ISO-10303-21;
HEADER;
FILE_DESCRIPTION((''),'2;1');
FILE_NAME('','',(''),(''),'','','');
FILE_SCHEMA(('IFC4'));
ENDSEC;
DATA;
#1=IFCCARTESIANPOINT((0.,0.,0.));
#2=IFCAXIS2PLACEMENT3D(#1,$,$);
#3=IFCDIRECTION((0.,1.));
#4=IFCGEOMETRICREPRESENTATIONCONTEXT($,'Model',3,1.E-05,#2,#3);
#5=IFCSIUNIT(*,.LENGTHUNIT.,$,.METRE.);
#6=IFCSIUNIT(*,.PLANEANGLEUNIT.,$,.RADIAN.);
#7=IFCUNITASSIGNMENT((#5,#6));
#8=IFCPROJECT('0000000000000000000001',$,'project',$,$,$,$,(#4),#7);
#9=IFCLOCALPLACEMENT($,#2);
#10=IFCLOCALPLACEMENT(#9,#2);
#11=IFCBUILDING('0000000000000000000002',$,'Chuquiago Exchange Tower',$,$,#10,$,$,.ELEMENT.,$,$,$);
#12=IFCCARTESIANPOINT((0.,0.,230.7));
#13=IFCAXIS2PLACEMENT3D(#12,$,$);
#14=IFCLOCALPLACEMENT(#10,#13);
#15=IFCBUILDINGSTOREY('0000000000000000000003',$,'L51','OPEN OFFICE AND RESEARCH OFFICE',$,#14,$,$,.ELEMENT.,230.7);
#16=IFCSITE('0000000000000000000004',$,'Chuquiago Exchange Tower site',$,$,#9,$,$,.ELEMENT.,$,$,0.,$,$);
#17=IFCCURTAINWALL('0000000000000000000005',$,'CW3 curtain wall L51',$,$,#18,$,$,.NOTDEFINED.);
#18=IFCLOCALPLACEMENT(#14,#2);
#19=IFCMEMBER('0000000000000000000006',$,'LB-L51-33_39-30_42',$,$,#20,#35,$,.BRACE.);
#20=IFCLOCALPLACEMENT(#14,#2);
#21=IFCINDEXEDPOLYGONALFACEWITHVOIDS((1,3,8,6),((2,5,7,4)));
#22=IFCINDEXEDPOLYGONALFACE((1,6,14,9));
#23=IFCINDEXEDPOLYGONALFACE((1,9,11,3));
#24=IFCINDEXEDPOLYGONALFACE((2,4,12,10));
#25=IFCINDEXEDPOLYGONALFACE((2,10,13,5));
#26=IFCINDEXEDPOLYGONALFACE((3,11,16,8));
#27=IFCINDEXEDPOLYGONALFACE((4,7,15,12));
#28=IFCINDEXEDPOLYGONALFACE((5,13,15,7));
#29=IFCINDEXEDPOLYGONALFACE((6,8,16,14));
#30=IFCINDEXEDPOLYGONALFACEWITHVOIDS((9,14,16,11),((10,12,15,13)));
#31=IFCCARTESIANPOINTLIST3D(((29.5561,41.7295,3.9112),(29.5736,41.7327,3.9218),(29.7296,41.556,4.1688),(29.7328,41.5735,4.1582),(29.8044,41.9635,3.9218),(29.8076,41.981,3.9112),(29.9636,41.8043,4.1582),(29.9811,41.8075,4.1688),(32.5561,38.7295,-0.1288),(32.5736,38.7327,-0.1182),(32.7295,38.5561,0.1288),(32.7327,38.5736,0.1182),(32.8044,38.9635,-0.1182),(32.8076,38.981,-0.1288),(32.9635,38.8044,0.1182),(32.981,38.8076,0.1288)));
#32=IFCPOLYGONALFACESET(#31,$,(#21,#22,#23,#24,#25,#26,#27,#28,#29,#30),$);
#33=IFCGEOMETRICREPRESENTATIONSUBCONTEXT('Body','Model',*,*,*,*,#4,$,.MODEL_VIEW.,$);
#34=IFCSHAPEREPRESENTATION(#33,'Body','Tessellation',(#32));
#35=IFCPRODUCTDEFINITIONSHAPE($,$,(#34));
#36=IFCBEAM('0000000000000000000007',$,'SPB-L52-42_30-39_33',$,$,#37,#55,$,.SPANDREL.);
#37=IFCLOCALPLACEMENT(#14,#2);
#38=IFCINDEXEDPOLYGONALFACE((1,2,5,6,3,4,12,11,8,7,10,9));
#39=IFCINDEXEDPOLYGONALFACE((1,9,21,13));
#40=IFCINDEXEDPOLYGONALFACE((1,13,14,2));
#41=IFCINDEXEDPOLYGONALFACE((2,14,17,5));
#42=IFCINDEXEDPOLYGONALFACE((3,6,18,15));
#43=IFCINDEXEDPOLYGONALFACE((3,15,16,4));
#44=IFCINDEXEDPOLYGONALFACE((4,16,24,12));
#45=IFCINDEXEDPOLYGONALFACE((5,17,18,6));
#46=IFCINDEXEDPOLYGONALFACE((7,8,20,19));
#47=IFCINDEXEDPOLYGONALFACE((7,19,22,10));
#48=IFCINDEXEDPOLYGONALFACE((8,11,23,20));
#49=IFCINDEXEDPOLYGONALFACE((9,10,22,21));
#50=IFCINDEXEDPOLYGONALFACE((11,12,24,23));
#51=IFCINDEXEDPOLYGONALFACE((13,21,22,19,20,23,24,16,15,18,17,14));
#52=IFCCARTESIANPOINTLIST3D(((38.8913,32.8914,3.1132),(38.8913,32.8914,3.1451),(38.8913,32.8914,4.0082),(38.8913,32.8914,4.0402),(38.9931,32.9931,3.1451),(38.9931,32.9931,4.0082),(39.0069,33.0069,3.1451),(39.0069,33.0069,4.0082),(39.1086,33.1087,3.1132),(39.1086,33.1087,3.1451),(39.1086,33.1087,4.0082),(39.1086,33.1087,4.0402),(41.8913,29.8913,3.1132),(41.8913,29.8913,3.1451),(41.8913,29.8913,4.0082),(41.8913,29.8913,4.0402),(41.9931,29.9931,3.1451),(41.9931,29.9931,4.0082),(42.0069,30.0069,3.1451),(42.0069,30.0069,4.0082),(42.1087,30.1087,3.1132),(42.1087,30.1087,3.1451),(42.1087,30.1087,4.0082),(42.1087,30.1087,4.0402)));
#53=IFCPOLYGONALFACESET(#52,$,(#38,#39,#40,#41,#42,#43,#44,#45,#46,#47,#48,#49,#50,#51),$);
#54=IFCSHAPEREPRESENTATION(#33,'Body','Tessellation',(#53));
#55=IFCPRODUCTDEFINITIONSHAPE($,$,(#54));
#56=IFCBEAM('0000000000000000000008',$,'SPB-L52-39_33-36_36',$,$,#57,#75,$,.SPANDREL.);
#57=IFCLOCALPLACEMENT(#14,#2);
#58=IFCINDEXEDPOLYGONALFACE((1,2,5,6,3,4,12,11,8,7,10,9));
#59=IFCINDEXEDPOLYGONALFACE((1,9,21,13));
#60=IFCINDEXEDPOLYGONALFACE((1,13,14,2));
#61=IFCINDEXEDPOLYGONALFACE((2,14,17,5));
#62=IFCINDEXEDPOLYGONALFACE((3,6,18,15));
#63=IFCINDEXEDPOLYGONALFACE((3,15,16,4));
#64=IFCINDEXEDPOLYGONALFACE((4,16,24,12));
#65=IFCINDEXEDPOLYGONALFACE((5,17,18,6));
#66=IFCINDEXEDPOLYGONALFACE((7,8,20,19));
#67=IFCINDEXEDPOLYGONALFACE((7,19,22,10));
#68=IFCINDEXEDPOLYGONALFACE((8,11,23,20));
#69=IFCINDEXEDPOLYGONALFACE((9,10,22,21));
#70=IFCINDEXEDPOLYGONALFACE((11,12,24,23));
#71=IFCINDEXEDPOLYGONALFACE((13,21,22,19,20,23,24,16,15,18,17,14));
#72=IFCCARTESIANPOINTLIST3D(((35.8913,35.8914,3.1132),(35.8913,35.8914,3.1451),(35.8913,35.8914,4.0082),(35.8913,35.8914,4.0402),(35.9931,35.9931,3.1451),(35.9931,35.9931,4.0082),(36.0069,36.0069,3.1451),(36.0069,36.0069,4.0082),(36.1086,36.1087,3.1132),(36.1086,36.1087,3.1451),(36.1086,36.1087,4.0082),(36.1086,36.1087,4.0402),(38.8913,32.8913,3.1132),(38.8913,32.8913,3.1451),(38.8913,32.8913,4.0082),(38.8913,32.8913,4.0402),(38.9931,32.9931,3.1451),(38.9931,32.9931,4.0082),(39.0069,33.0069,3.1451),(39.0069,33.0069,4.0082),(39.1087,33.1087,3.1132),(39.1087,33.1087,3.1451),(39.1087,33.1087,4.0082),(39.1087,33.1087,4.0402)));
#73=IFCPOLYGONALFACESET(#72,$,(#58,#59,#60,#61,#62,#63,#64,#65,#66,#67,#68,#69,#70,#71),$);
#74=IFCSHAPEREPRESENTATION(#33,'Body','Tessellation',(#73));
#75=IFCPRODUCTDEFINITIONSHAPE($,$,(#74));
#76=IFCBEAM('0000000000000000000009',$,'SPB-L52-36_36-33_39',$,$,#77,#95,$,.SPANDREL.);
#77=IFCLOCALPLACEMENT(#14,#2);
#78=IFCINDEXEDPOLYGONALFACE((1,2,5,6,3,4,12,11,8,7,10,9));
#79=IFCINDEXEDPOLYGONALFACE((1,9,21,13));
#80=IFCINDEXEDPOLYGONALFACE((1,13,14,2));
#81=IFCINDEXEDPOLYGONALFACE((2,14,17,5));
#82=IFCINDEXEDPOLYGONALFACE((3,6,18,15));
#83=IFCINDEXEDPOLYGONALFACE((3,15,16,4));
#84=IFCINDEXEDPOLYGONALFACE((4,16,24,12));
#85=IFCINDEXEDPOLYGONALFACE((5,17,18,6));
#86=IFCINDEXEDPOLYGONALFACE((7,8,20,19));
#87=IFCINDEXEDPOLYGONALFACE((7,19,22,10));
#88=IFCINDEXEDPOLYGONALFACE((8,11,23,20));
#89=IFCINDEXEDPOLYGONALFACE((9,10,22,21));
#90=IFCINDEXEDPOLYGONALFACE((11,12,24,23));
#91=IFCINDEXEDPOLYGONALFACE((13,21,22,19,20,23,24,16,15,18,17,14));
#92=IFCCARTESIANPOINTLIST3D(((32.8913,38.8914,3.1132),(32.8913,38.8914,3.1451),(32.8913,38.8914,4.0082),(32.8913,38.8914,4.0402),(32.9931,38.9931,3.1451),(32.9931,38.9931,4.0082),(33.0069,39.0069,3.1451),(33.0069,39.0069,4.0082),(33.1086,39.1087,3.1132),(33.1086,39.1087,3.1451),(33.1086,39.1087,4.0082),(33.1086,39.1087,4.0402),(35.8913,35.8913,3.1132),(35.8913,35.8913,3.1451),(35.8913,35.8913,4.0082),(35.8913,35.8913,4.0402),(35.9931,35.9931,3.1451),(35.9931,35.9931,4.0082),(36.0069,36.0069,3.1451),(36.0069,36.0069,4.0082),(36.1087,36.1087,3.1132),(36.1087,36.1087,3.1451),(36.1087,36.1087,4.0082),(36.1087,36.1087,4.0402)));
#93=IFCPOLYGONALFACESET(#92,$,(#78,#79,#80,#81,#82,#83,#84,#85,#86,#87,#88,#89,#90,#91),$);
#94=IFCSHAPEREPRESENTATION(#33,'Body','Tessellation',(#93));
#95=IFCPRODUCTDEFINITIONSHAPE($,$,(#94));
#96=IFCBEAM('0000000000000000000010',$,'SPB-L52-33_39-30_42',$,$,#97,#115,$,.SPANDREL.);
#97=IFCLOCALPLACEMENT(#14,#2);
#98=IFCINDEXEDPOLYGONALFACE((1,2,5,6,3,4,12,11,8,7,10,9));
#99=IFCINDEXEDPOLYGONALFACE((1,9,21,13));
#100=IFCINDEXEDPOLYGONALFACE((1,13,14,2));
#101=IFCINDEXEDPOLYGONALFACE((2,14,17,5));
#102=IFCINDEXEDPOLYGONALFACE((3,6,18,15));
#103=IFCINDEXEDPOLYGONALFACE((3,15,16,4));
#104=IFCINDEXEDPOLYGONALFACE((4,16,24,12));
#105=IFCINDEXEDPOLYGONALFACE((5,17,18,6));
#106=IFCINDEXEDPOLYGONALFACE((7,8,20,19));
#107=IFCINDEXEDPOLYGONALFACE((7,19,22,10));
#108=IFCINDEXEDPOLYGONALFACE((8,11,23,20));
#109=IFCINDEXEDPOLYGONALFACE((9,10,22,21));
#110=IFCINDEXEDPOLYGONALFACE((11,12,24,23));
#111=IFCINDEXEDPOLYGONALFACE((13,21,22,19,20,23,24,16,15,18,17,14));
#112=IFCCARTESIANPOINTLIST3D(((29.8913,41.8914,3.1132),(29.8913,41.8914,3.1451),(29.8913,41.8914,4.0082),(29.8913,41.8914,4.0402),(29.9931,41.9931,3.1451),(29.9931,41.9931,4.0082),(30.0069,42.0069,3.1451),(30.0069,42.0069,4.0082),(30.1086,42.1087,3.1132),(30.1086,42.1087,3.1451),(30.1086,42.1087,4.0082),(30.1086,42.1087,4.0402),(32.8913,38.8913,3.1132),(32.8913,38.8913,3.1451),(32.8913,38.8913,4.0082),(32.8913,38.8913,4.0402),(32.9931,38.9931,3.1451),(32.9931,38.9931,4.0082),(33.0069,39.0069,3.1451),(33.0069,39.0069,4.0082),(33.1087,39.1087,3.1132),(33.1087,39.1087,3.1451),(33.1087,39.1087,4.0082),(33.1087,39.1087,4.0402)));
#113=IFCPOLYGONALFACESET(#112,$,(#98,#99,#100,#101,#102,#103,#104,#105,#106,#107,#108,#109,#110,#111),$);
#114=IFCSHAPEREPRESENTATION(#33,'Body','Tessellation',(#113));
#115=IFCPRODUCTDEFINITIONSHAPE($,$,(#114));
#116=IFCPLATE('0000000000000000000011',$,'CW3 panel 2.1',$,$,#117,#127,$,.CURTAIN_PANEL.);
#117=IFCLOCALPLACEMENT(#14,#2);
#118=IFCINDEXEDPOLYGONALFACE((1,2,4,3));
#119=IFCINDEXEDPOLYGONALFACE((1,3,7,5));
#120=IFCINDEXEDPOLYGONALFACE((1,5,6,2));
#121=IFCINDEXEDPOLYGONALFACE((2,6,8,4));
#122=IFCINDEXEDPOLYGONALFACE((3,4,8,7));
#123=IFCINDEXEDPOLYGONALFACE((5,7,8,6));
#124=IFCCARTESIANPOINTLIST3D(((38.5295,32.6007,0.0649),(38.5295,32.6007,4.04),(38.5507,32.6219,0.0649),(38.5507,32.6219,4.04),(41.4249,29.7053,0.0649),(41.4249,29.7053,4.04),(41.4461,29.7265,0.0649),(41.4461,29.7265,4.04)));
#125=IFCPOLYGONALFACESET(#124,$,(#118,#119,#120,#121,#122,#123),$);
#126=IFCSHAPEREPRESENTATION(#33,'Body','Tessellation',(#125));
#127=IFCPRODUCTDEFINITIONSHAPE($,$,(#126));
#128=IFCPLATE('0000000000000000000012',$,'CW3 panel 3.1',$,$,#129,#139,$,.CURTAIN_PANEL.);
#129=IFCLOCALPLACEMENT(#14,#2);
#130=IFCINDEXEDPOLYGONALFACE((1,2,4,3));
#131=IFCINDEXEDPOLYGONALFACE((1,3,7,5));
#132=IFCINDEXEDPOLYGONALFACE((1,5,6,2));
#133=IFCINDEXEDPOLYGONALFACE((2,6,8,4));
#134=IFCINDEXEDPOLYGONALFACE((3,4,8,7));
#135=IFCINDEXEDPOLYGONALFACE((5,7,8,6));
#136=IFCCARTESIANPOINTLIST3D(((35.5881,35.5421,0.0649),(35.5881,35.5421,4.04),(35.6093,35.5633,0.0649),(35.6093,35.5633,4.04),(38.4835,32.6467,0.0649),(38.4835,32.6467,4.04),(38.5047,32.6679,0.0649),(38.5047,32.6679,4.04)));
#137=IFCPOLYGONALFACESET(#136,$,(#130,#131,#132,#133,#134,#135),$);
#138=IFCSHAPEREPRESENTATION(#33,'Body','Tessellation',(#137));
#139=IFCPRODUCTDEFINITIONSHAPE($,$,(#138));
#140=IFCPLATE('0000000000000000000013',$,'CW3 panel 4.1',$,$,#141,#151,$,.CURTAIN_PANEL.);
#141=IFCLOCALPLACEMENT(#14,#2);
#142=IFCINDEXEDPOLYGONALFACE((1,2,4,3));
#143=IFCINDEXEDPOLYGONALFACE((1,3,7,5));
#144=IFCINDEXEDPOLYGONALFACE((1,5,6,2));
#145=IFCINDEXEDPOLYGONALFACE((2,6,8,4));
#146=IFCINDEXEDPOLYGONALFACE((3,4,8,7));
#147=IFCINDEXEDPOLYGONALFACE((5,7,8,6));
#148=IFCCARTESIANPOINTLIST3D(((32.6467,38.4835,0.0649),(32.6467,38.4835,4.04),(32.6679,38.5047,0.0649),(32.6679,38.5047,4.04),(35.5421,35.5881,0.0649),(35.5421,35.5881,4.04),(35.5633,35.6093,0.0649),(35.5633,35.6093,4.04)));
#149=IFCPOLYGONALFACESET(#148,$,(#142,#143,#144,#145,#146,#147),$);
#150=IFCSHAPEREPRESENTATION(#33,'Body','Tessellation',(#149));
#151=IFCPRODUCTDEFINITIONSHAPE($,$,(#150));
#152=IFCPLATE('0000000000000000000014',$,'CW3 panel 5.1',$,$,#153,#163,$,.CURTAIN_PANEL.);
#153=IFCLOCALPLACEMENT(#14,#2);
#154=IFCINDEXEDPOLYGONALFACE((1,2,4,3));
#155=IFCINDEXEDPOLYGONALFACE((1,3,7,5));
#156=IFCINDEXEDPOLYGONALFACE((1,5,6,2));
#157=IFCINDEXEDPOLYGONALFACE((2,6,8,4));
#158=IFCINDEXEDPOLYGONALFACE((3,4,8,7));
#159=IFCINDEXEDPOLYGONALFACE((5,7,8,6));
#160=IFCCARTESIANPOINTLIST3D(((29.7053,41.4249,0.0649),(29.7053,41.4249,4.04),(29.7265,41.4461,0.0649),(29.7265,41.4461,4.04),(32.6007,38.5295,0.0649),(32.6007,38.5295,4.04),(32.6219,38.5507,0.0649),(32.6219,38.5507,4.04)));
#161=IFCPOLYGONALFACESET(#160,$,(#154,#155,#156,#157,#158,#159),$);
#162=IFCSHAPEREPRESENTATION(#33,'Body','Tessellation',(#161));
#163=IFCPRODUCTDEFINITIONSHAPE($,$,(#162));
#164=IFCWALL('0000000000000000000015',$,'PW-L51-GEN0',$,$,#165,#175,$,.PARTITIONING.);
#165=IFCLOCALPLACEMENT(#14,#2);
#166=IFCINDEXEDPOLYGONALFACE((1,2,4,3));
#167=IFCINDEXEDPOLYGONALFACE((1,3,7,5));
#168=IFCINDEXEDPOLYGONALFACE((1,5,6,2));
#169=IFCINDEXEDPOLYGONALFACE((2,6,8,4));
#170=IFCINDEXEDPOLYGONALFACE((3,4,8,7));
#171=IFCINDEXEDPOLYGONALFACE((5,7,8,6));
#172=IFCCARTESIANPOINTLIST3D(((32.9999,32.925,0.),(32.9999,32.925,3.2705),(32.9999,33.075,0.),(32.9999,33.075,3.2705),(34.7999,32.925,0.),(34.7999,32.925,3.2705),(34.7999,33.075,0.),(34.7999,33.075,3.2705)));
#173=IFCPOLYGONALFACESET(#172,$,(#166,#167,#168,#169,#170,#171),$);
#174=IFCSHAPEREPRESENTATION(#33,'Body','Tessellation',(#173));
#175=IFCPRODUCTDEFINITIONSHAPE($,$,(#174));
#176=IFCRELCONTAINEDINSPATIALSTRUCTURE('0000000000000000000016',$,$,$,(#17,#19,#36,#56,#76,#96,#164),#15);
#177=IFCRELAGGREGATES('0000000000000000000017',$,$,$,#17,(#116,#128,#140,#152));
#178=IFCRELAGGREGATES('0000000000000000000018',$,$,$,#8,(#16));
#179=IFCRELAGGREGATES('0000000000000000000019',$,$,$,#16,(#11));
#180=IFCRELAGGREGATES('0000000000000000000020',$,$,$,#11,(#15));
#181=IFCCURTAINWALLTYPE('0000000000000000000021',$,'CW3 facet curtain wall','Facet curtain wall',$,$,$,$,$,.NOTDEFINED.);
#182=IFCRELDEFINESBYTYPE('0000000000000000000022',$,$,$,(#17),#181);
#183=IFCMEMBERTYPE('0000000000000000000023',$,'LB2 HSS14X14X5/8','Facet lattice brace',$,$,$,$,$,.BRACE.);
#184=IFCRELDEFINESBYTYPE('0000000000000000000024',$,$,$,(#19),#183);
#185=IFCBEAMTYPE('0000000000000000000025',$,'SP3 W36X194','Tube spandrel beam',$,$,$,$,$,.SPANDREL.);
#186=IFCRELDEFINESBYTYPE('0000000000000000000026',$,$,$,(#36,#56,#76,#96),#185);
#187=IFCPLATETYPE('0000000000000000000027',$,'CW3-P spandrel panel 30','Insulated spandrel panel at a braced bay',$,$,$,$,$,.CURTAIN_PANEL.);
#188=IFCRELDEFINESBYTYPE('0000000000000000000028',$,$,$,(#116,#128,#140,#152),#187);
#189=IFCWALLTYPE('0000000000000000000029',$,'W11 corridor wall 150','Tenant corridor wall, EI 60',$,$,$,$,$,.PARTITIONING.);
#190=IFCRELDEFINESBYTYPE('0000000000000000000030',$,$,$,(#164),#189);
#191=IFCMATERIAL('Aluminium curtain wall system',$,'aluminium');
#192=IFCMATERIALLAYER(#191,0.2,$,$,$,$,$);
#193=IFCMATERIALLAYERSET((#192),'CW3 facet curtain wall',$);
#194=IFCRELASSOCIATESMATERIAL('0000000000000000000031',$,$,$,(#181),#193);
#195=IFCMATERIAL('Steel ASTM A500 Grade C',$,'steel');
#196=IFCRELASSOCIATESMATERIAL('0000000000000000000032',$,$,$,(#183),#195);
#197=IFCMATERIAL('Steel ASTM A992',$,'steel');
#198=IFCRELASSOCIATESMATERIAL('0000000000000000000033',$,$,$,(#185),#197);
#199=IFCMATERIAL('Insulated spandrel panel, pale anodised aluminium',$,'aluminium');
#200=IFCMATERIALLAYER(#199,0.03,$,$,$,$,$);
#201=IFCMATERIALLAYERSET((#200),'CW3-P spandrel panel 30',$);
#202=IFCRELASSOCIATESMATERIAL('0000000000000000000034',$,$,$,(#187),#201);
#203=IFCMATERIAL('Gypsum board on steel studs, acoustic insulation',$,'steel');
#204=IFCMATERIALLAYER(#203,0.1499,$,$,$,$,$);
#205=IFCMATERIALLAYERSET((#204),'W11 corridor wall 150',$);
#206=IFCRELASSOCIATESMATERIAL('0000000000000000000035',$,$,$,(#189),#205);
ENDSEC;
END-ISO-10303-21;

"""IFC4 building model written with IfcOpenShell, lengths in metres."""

from ifc_helpers import new_model, si_unit, direction, frame, frame_2d, origin, origin_2d, place, context, subcontext, project, spatial, rectangle, hollow_rectangle, i_section, extrude, material, layer, layer_set, material_profile, profile_set, type_object, element, aggregate, save


model = new_model("IFC4")

# Units and contexts
model_context = context("Model", 3, precision=1e-05, world=origin(), true_north=direction((0.0, 1.0)))
body_context = subcontext(model_context, "Body", "Model", "MODEL_VIEW")
ifc_project = project(units=[si_unit("LENGTHUNIT", "METRE"), si_unit("PLANEANGLEUNIT", "RADIAN")], contexts=[model_context])

# Site, building, storey
site_placement = place(None, origin())
site = spatial("IfcSite", under=ifc_project, at=site_placement, Name="Chuquiago Exchange Tower site", CompositionType="ELEMENT", RefElevation=0.0)
building_placement = place(site_placement, origin())
building = spatial("IfcBuilding", under=site, at=building_placement, Name="Chuquiago Exchange Tower", CompositionType="ELEMENT")
storey_placement = place(building_placement, frame((0.0, 0.0, 230.7)))
storey = spatial("IfcBuildingStorey", under=building, at=storey_placement, Name="L51", Description="OPEN OFFICE AND RESEARCH OFFICE", CompositionType="ELEMENT", Elevation=230.7)

# Curtain wall
ifc_material_1 = material(Name="Aluminium curtain wall system", Category="aluminium")
ifc_layer_1 = layer(ifc_material_1, 0.2)
ifc_layer_set_1 = layer_set([ifc_layer_1], Name="CW3 facet curtain wall")
curtain_wall_type = type_object("IfcCurtainWallType", Name="CW3 facet curtain wall", Description="Facet curtain wall", PredefinedType="NOTDEFINED", material=ifc_layer_set_1)
curtain_wall_placement = place(storey_placement, origin())
curtain_wall = element("IfcCurtainWall", 1, at=curtain_wall_placement, inside=storey, type_object=curtain_wall_type, Name="CW3 curtain wall L51", PredefinedType="NOTDEFINED")

# Member
ifc_material_2 = material(Name="Steel ASTM A500 Grade C", Category="steel")
ifc_material_profile_1 = material_profile(ifc_material_2, hollow_rectangle(XDim=0.3557, YDim=0.3557, WallThickness=0.0146, at=origin_2d()), Name="HSS14X14X5/8")
ifc_profile_set_1 = profile_set([ifc_material_profile_1], Name="Steel ASTM A500 Grade C")
member_type_1 = type_object("IfcMemberType", Name="LB2 HSS14X14X5/8", Description="Facet lattice brace", PredefinedType="BRACE", material=ifc_profile_set_1)
for number, where, z_axis, x_axis, name in (
    (2, (32.7686, 38.7686, 0.0), (-0.512077, 0.512077, 0.689604), (-0.707107, -0.707107, 0.0), "LB-L51-33_39-30_42"),
):
    element("IfcMember", number, at=place(storey_placement, frame(where, z_axis=z_axis, x_axis=x_axis)), inside=storey, type_object=member_type_1, Name=name, PredefinedType="BRACE", context=body_context, shape_type="SweptSolid", body=[
        extrude(hollow_rectangle(XDim=0.3557, YDim=0.3557, WallThickness=0.0146, at=origin_2d()), origin(), (0.0, 0.0, 1.0), 5.8584),
    ])

# Beams
ifc_material_3 = material(Name="Steel ASTM A992", Category="steel")
ifc_material_profile_2 = material_profile(ifc_material_3, i_section(OverallWidth=0.3074, OverallDepth=0.927, WebThickness=0.0195, FlangeThickness=0.032, at=origin_2d()), Name="W36X194")
ifc_profile_set_2 = profile_set([ifc_material_profile_2], Name="Steel ASTM A992")
beam_type_1 = type_object("IfcBeamType", Name="SP3 W36X194", Description="Tube spandrel beam", PredefinedType="SPANDREL", material=ifc_profile_set_2)
for number, where, z_axis, x_axis, name in (
    (3, (42.0, 30.0, 3.5767), (-0.707107, 0.707107, 0.0), (-0.707107, -0.707107, 0.0), "SPB-L52-42_30-39_33"),
    (4, (39.0, 33.0, 3.5767), (-0.707107, 0.707107, 0.0), (-0.707107, -0.707107, 0.0), "SPB-L52-39_33-36_36"),
    (5, (36.0, 36.0, 3.5767), (-0.707107, 0.707107, 0.0), (-0.707107, -0.707107, 0.0), "SPB-L52-36_36-33_39"),
    (6, (33.0, 39.0, 3.5767), (-0.707107, 0.707107, 0.0), (-0.707107, -0.707107, 0.0), "SPB-L52-33_39-30_42"),
):
    element("IfcBeam", number, at=place(storey_placement, frame(where, z_axis=z_axis, x_axis=x_axis)), inside=storey, type_object=beam_type_1, Name=name, PredefinedType="SPANDREL", context=body_context, shape_type="SweptSolid", body=[
        extrude(i_section(OverallWidth=0.3074, OverallDepth=0.927, WebThickness=0.0195, FlangeThickness=0.032, at=origin_2d()), origin(), (0.0, 0.0, 1.0), 4.2427),
    ])

# Plates
ifc_material_4 = material(Name="Insulated spandrel panel, pale anodised aluminium", Category="aluminium")
ifc_layer_2 = layer(ifc_material_4, 0.03)
ifc_layer_set_2 = layer_set([ifc_layer_2], Name="CW3-P spandrel panel 30")
plate_type = type_object("IfcPlateType", Name="CW3-P spandrel panel 30", Description="Insulated spandrel panel at a braced bay", PredefinedType="CURTAIN_PANEL", material=ifc_layer_set_2)
plate_1_placement = place(storey_placement, frame((39.9878, 31.1636, 0.0649), z_axis=(0.0, 0.0, 1.0), x_axis=(-0.707107, 0.707107, 0.0)))
plate_1 = element("IfcPlate", 7, at=plate_1_placement, type_object=plate_type, Name="CW3 panel 2.1", PredefinedType="CURTAIN_PANEL", context=body_context, shape_type="SweptSolid", body=[
    extrude(rectangle(XDim=4.0947, YDim=0.03, at=origin_2d()), origin(), (0.0, 0.0, 1.0), 3.9751),
])
plate_2_placement = place(storey_placement, frame((37.0464, 34.105, 0.0649), z_axis=(0.0, 0.0, 1.0), x_axis=(-0.707107, 0.707107, 0.0)))
plate_2 = element("IfcPlate", 8, at=plate_2_placement, type_object=plate_type, Name="CW3 panel 3.1", PredefinedType="CURTAIN_PANEL", context=body_context, shape_type="SweptSolid", body=[
    extrude(rectangle(XDim=4.0947, YDim=0.03, at=origin_2d()), origin(), (0.0, 0.0, 1.0), 3.9751),
])
plate_3_placement = place(storey_placement, frame((34.105, 37.0464, 0.0649), z_axis=(0.0, 0.0, 1.0), x_axis=(-0.707107, 0.707107, 0.0)))
plate_3 = element("IfcPlate", 9, at=plate_3_placement, type_object=plate_type, Name="CW3 panel 4.1", PredefinedType="CURTAIN_PANEL", context=body_context, shape_type="SweptSolid", body=[
    extrude(rectangle(XDim=4.0947, YDim=0.03, at=origin_2d()), origin(), (0.0, 0.0, 1.0), 3.9751),
])
plate_4_placement = place(storey_placement, frame((31.1636, 39.9878, 0.0649), z_axis=(0.0, 0.0, 1.0), x_axis=(-0.707107, 0.707107, 0.0)))
plate_4 = element("IfcPlate", 10, at=plate_4_placement, type_object=plate_type, Name="CW3 panel 5.1", PredefinedType="CURTAIN_PANEL", context=body_context, shape_type="SweptSolid", body=[
    extrude(rectangle(XDim=4.0947, YDim=0.03, at=origin_2d()), origin(), (0.0, 0.0, 1.0), 3.9751),
])
aggregate(curtain_wall, [plate_1, plate_2, plate_3, plate_4])

# Wall
ifc_material_5 = material(Name="Gypsum board on steel studs, acoustic insulation", Category="steel")
ifc_layer_3 = layer(ifc_material_5, 0.1499)
ifc_layer_set_3 = layer_set([ifc_layer_3], Name="W11 corridor wall 150")
wall_type_1 = type_object("IfcWallType", Name="W11 corridor wall 150", Description="Tenant corridor wall, EI 60", PredefinedType="PARTITIONING", material=ifc_layer_set_3)
wall_1_placement = place(storey_placement, frame((33.0, 33.0, 0.0), z_axis=(0.0, 0.0, 1.0), x_axis=(1.0, 0.0, 0.0)))
element("IfcWall", 11, at=wall_1_placement, inside=storey, type_object=wall_type_1, Name="PW-L51-GEN0", PredefinedType="PARTITIONING", context=body_context, shape_type="SweptSolid", body=[
    extrude(rectangle(XDim=1.8, YDim=0.1499, at=frame_2d((0.8999, 0.0))), origin(), (0.0, 0.0, 1.0), 3.2705),
])

save(model, "model.ifc")
